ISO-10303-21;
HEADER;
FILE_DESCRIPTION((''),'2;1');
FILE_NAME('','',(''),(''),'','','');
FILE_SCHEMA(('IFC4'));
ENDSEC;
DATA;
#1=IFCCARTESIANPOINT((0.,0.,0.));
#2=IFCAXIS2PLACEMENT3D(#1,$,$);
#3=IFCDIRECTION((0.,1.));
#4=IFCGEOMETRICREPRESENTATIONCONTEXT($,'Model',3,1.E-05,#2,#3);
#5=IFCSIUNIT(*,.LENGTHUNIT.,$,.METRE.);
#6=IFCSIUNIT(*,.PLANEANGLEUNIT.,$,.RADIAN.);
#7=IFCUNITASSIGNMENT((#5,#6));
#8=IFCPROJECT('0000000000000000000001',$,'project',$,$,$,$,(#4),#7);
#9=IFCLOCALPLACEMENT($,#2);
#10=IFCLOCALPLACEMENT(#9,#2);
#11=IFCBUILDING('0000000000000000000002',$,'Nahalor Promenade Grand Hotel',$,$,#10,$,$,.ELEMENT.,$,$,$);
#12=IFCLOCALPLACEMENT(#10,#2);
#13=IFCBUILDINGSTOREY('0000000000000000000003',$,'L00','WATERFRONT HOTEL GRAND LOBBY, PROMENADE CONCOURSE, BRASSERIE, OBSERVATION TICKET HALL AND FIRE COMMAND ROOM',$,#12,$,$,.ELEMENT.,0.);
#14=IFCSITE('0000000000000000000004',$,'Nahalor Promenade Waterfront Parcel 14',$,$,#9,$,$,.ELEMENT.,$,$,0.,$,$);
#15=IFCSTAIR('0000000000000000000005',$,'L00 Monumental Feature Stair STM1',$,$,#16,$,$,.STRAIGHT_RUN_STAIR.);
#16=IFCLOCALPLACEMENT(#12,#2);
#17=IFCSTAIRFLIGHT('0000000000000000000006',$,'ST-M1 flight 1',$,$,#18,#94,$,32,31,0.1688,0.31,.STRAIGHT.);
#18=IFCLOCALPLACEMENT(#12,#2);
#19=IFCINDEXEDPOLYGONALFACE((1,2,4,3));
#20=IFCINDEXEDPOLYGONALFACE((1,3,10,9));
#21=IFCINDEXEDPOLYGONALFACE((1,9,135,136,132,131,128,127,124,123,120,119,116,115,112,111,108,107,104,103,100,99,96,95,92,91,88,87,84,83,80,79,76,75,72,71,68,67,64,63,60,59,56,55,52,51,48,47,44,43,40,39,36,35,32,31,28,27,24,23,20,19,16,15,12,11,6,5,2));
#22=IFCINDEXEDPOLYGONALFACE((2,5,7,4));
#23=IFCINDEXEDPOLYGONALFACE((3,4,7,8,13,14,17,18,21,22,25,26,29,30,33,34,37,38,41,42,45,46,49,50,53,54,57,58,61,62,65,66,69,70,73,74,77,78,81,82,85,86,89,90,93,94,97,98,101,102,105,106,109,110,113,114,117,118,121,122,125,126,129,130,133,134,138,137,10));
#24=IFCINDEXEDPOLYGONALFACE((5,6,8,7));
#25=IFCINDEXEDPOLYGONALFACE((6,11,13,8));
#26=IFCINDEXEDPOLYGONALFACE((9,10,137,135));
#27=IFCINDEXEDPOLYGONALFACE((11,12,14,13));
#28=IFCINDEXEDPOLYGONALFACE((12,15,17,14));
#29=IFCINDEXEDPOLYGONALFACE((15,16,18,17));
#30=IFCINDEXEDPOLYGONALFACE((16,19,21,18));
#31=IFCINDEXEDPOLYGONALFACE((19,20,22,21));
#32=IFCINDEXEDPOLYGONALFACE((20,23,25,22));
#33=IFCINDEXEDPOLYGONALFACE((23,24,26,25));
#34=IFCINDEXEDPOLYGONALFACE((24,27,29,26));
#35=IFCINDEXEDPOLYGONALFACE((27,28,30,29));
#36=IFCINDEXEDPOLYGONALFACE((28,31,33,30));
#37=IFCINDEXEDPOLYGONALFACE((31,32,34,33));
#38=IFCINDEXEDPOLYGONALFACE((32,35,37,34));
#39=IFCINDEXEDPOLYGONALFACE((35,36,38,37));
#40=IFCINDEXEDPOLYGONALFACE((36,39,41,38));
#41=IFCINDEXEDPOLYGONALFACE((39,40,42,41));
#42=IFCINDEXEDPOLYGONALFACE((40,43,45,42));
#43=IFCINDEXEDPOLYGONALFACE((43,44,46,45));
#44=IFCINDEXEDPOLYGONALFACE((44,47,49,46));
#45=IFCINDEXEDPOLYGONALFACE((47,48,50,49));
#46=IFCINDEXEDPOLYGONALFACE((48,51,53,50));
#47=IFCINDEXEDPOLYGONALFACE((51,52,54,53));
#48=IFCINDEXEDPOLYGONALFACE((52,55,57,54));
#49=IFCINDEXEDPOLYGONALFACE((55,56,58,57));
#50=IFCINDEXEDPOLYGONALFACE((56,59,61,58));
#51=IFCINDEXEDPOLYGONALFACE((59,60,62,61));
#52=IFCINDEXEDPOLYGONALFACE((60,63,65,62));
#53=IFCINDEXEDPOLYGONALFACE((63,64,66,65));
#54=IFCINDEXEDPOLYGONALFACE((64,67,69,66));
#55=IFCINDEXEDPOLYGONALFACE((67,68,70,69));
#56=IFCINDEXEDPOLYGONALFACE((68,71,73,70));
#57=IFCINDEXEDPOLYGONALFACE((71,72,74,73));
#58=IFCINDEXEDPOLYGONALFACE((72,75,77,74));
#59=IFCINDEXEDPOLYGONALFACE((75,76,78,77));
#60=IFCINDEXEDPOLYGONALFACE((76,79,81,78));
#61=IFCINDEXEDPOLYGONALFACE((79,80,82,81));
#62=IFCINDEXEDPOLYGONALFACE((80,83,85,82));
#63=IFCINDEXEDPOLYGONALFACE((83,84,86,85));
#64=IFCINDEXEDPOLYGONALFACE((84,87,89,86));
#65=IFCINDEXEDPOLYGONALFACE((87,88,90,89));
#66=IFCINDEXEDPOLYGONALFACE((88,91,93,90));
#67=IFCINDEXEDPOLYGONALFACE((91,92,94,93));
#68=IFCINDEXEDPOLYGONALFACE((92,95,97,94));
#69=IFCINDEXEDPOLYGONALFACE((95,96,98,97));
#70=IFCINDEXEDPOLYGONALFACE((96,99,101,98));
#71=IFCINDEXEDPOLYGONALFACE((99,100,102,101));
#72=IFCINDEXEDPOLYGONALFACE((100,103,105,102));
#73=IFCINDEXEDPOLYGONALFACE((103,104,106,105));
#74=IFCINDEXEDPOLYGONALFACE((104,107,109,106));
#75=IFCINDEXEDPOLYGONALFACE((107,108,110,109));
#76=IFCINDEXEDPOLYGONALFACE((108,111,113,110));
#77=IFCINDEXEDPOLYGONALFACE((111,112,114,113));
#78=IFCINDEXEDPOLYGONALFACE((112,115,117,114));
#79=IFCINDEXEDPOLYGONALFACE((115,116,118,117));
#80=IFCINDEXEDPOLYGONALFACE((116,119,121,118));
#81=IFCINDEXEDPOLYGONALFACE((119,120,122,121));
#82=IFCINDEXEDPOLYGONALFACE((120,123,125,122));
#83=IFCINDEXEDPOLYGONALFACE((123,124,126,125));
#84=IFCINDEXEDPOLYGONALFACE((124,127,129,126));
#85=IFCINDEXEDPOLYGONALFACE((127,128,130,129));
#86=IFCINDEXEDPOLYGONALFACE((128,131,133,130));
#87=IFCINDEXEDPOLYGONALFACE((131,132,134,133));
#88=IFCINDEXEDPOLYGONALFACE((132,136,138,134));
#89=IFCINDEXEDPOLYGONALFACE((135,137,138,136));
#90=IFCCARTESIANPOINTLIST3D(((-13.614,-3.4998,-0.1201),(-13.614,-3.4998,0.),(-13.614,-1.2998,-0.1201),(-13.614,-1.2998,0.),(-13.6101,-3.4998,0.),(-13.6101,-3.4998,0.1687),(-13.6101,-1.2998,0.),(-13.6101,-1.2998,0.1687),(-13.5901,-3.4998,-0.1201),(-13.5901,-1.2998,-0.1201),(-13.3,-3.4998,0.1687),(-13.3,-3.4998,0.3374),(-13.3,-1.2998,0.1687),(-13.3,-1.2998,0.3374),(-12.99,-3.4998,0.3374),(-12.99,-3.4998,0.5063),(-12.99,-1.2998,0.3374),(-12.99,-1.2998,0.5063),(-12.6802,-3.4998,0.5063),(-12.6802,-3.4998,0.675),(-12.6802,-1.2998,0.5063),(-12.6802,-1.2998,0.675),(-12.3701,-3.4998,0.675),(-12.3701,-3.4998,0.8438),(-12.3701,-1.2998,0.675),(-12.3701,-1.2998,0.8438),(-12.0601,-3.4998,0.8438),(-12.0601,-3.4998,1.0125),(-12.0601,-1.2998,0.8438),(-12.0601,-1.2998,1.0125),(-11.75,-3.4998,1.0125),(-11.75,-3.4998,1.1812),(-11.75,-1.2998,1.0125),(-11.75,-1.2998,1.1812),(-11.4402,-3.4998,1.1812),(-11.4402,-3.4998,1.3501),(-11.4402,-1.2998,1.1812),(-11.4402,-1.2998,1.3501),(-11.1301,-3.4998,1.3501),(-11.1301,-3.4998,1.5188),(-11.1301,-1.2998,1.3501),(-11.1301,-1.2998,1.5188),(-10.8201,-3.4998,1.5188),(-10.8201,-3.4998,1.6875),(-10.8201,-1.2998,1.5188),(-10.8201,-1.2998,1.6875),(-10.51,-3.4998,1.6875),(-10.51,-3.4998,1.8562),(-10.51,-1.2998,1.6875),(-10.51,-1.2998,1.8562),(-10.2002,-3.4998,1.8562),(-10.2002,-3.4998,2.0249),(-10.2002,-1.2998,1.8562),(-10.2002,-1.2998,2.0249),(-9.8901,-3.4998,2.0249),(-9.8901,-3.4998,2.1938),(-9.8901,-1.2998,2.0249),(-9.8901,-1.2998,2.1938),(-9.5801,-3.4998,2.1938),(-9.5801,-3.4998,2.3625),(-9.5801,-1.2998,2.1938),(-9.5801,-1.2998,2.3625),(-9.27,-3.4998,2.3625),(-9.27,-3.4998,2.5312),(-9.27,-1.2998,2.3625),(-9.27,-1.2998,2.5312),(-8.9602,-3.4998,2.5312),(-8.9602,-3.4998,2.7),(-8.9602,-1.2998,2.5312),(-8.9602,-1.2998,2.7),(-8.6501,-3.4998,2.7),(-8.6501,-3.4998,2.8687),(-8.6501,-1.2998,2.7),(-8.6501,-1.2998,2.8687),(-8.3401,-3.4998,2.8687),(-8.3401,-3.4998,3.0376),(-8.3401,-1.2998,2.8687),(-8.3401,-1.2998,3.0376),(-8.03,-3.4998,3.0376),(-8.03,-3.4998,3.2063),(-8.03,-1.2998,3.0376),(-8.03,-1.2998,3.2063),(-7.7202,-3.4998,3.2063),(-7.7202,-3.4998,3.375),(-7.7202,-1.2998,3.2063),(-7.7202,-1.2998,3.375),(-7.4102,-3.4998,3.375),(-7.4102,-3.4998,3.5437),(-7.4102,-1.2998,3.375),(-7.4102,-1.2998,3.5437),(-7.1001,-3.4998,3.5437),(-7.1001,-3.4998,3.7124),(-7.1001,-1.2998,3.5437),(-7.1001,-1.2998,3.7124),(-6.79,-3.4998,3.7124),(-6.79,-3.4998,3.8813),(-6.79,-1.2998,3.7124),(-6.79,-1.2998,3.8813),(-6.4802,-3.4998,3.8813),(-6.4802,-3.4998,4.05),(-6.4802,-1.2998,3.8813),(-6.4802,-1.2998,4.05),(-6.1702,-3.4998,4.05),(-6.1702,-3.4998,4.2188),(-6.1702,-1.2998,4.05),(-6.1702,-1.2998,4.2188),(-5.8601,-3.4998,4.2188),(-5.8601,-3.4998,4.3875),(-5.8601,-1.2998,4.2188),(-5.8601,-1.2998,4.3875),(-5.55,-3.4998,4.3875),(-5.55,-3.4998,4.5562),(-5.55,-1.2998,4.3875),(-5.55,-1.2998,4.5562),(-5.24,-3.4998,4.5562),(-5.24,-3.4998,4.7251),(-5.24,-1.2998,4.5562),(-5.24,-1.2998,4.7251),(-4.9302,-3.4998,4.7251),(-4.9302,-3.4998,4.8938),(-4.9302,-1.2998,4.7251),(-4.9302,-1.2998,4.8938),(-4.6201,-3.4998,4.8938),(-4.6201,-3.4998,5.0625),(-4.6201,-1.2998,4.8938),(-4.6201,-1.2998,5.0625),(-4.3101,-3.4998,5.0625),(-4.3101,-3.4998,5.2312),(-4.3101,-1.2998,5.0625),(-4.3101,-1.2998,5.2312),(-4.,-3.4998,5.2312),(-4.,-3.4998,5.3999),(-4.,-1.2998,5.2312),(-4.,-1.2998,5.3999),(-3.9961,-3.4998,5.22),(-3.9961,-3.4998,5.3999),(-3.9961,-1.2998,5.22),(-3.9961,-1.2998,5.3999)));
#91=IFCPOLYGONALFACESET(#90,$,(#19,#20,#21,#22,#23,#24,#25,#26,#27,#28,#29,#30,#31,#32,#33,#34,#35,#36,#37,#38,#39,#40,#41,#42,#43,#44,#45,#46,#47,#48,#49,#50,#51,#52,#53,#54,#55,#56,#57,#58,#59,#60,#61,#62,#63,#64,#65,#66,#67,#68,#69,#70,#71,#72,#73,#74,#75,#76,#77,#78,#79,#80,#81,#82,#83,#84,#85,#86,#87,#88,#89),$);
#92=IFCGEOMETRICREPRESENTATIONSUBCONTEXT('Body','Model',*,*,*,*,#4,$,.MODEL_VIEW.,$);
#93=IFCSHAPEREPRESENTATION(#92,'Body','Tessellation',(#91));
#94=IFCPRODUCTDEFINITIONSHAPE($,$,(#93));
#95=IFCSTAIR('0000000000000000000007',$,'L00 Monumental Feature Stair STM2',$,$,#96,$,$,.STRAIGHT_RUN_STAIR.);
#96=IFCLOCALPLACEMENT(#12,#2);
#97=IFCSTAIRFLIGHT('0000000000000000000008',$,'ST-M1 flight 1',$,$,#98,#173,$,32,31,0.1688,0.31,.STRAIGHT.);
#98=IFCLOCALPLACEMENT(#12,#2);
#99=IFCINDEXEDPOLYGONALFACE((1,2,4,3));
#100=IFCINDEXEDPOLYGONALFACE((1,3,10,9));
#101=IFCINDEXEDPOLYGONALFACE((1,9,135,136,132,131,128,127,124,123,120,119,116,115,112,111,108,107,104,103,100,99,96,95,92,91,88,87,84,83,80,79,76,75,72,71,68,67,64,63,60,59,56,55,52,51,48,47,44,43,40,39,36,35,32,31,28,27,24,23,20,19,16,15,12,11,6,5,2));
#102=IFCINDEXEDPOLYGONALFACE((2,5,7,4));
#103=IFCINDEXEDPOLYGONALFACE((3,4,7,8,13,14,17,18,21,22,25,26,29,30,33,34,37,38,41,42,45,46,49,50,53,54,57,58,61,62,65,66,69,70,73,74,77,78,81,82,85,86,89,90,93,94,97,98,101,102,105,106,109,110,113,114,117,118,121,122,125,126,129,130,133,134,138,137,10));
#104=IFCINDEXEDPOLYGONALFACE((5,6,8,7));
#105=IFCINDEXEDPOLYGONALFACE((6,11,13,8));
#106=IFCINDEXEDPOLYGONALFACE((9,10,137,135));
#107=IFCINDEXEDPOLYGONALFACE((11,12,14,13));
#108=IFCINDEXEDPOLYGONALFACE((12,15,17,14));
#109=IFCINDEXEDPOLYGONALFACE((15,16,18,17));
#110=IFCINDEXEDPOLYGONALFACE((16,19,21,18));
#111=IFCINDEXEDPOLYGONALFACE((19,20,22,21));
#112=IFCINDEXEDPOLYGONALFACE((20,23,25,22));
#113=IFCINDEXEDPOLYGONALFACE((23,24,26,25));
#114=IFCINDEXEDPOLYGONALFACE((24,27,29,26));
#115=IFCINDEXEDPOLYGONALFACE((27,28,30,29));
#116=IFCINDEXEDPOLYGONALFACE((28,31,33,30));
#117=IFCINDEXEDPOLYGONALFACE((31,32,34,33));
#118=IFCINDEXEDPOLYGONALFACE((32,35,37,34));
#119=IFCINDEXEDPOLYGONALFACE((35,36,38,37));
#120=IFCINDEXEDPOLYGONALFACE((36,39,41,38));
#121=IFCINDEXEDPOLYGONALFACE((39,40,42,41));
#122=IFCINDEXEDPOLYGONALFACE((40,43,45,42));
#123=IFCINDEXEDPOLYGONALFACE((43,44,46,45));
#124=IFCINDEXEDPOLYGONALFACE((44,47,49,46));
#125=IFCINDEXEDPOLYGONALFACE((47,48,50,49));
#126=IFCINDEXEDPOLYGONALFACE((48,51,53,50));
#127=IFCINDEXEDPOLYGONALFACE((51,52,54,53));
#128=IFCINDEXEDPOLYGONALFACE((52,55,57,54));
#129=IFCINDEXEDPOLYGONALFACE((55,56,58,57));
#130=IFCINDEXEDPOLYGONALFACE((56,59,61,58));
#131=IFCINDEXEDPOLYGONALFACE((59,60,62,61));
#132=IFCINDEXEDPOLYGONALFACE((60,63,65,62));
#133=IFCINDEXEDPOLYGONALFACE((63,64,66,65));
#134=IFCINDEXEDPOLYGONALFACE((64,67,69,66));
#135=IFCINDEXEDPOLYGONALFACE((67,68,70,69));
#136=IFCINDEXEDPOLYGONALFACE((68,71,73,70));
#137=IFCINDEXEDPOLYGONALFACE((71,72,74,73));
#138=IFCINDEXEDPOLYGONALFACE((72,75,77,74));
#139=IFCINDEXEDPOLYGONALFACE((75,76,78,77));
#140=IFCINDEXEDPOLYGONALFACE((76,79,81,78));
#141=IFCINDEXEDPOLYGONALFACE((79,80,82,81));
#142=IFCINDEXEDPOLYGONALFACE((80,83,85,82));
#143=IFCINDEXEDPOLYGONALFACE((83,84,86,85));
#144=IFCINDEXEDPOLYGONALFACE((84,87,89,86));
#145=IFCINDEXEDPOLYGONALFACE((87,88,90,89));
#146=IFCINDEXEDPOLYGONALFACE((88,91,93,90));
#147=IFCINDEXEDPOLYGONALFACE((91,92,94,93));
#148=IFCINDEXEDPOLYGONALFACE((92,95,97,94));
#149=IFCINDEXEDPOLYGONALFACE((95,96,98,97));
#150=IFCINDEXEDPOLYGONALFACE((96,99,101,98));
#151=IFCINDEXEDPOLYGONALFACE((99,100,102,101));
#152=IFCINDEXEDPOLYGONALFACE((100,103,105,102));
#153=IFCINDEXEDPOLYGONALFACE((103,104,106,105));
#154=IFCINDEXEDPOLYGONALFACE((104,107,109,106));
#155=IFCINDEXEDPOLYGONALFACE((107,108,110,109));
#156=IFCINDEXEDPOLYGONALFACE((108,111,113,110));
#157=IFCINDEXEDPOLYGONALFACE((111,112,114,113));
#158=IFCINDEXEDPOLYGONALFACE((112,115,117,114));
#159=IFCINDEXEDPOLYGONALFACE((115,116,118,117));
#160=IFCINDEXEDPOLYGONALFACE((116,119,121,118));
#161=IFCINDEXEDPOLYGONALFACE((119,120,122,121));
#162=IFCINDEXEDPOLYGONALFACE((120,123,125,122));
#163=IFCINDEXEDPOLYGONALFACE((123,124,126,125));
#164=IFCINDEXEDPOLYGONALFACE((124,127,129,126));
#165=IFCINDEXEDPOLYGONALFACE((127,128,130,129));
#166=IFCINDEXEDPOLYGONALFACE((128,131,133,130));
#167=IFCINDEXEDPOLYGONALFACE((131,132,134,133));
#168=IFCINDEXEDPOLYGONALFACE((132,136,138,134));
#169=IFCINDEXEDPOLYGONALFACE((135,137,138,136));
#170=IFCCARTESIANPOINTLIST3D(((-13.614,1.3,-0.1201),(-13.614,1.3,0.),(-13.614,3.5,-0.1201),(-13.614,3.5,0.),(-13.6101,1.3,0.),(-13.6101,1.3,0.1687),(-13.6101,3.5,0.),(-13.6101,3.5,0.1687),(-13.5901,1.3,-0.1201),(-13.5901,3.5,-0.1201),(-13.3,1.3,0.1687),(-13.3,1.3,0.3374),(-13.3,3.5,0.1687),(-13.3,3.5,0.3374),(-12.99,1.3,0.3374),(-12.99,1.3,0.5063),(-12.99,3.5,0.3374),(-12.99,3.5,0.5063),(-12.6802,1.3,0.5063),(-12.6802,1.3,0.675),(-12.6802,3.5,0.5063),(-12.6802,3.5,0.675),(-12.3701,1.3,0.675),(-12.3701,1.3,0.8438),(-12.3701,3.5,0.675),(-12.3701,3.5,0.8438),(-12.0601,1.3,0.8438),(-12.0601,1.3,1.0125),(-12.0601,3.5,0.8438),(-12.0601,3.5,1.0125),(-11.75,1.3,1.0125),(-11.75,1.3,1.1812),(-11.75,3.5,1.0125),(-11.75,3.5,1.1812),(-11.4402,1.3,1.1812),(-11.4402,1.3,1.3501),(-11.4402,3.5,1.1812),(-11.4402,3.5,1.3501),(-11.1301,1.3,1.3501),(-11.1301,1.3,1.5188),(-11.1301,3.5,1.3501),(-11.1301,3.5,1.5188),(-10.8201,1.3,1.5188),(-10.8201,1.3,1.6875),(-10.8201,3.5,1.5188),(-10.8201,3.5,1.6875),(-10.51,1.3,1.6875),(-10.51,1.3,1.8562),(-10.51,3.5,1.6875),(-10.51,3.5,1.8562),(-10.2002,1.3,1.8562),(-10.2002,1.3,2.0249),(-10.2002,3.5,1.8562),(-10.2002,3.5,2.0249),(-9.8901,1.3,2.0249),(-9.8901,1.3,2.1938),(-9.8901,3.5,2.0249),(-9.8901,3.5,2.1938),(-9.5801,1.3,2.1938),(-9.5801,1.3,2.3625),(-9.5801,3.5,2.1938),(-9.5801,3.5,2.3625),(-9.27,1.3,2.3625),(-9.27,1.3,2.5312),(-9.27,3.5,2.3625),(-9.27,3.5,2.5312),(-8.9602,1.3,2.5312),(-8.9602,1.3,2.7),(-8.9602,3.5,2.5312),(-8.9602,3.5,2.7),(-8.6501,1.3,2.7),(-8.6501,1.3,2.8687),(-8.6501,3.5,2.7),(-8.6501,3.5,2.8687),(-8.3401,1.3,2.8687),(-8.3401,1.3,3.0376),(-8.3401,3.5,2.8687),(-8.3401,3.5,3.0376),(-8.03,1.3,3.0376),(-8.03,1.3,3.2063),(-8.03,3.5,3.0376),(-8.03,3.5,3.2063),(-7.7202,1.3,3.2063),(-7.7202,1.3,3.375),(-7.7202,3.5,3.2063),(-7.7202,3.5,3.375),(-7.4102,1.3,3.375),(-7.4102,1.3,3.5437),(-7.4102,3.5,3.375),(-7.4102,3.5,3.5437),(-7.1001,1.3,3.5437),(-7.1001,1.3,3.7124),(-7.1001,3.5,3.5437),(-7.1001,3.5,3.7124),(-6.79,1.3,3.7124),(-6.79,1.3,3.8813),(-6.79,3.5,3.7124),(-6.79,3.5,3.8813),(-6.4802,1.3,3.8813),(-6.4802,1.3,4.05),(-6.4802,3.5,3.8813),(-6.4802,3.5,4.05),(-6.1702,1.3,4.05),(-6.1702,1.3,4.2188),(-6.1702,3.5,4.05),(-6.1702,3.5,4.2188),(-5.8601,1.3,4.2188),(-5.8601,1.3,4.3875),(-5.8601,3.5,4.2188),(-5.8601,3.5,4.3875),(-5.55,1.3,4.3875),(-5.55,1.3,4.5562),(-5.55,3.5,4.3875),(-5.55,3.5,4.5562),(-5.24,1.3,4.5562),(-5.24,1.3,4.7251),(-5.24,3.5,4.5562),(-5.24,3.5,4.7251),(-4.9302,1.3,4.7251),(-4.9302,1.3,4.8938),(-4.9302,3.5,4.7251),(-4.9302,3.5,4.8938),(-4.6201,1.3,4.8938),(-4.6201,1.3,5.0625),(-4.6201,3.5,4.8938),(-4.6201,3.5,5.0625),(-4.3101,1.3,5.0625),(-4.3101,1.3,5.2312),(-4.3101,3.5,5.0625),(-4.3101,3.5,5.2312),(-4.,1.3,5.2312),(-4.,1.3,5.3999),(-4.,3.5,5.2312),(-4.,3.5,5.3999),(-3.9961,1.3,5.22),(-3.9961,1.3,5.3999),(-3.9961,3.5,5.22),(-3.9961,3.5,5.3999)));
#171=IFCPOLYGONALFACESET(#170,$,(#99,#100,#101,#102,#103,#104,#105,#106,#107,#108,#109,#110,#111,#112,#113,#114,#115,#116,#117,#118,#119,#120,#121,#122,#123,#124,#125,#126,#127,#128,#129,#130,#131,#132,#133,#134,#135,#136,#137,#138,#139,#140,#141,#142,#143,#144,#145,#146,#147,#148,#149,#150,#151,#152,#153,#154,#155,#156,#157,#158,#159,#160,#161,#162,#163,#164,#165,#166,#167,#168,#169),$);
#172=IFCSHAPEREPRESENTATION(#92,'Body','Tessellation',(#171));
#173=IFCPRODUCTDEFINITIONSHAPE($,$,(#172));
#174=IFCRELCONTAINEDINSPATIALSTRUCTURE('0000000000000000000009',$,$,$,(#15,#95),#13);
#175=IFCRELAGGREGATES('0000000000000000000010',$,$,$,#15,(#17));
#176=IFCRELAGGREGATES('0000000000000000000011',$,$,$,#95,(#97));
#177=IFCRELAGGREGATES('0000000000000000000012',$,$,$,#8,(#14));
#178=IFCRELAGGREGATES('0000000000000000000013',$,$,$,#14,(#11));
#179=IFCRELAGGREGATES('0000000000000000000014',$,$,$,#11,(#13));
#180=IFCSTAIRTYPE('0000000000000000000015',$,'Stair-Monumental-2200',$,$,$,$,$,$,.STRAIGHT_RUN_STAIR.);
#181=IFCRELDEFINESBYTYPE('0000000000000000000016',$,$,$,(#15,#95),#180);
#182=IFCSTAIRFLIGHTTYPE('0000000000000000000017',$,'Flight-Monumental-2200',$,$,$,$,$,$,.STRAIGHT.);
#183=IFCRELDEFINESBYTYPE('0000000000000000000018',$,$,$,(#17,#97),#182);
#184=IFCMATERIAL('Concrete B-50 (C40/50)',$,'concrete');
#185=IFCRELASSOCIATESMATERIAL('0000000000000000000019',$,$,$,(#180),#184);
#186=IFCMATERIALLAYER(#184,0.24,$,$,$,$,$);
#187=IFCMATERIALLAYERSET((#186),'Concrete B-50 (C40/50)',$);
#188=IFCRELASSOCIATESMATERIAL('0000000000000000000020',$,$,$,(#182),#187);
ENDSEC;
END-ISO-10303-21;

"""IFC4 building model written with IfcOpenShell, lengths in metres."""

from ifc_helpers import new_model, si_unit, direction, frame, origin, place, context, subcontext, project, spatial, polyline, outline, extrude, source, transform, mapped, material, layer, layer_set, type_object, element, aggregate, save


model = new_model("IFC4")

# Units and contexts
model_context = context("Model", 3, precision=1e-05, world=origin(), true_north=direction((0.0, 1.0)))
body_context = subcontext(model_context, "Body", "Model", "MODEL_VIEW")
ifc_project = project(units=[si_unit("LENGTHUNIT", "METRE"), si_unit("PLANEANGLEUNIT", "RADIAN")], contexts=[model_context])

# Site, building, storey
site_placement = place(None, origin())
site = spatial("IfcSite", under=ifc_project, at=site_placement, Name="Nahalor Promenade Waterfront Parcel 14", CompositionType="ELEMENT", RefElevation=0.0)
building_placement = place(site_placement, origin())
building = spatial("IfcBuilding", under=site, at=building_placement, Name="Nahalor Promenade Grand Hotel", CompositionType="ELEMENT")
storey_placement = place(building_placement, origin())
storey = spatial("IfcBuildingStorey", under=building, at=storey_placement, Name="L00", Description="WATERFRONT HOTEL GRAND LOBBY, PROMENADE CONCOURSE, BRASSERIE, OBSERVATION TICKET HALL AND FIRE COMMAND ROOM", CompositionType="ELEMENT", Elevation=0.0)

# Stairs, stair flights
ifc_material_1 = material(Name="Concrete B-50 (C40/50)", Category="concrete")
stair_type = type_object("IfcStairType", Name="Stair-Monumental-2200", PredefinedType="STRAIGHT_RUN_STAIR", material=ifc_material_1)
stair_1_placement = place(storey_placement, origin())
stair_1 = element("IfcStair", 1, at=stair_1_placement, inside=storey, type_object=stair_type, Name="L00 Monumental Feature Stair STM1", PredefinedType="STRAIGHT_RUN_STAIR")
ifc_layer_1 = layer(ifc_material_1, 0.24)
ifc_layer_set_1 = layer_set([ifc_layer_1], Name="Concrete B-50 (C40/50)")
stair_flight_type = type_object("IfcStairFlightType", Name="Flight-Monumental-2200", PredefinedType="STRAIGHT", material=ifc_layer_set_1)
shared_shape_1 = source(origin(), body_context, "Body", "SweptSolid", [
    extrude(outline(polyline([(-0.0039, -0.1201), (-0.0039, 0.0), (0.0, 0.0), (0.0, 0.1687), (0.3101, 0.1687), (0.3101, 0.3374), (0.6201, 0.3374), (0.6201, 0.5063), (0.9299, 0.5063), (0.9299, 0.675), (1.24, 0.675), (1.24, 0.8438), (1.55, 0.8438), (1.55, 1.0125), (1.8601, 1.0125), (1.8601, 1.1812), (2.1699, 1.1812), (2.1699, 1.3501), (2.48, 1.3501), (2.48, 1.5188), (2.79, 1.5188), (2.79, 1.6875), (3.1001, 1.6875), (3.1001, 1.8562), (3.4099, 1.8562), (3.4099, 2.0249), (3.72, 2.0249), (3.72, 2.1938), (4.03, 2.1938), (4.03, 2.3625), (4.3401, 2.3625), (4.3401, 2.5312), (4.6499, 2.5312), (4.6499, 2.7), (4.96, 2.7), (4.96, 2.8687), (5.27, 2.8687), (5.27, 3.0376), (5.5801, 3.0376), (5.5801, 3.2063), (5.8899, 3.2063), (5.8899, 3.375), (6.2, 3.375), (6.2, 3.5437), (6.51, 3.5437), (6.51, 3.7124), (6.8201, 3.7124), (6.8201, 3.8813), (7.1299, 3.8813), (7.1299, 4.05), (7.4399, 4.05), (7.4399, 4.2188), (7.75, 4.2188), (7.75, 4.3875), (8.0601, 4.3875), (8.0601, 4.5562), (8.3701, 4.5562), (8.3701, 4.7251), (8.6799, 4.7251), (8.6799, 4.8938), (8.99, 4.8938), (8.99, 5.0625), (9.3, 5.0625), (9.3, 5.2312), (9.6101, 5.2312), (9.6101, 5.3999), (9.614, 5.3999), (9.614, 5.22), (0.02, -0.1201), (-0.0039, -0.1201)])), frame((0.0, 1.1001, 0.0), z_axis=(0.0, -1.0, 0.0), x_axis=(1.0, 0.0, 0.0)), (0.0, 0.0, 1.0), 2.2),
])
stair_flight_1_placement = place(storey_placement, frame((-13.6101, -2.3999, 0.0), z_axis=(0.0, 0.0, 1.0), x_axis=(1.0, 0.0, 0.0)))
stair_flight_1 = element("IfcStairFlight", 2, at=stair_flight_1_placement, type_object=stair_flight_type, Name="ST-M1 flight 1", NumberOfRisers=32, NumberOfTreads=31, PredefinedType="STRAIGHT", RiserHeight=0.1688, TreadLength=0.31, context=body_context, shape_type="MappedRepresentation", body=[
    mapped(shared_shape_1, transform((0.0, 0.0, 0.0), scale=1.0)),
])
aggregate(stair_1, [stair_flight_1])
stair_2_placement = place(storey_placement, origin())
stair_2 = element("IfcStair", 3, at=stair_2_placement, inside=storey, type_object=stair_type, Name="L00 Monumental Feature Stair STM2", PredefinedType="STRAIGHT_RUN_STAIR")
stair_flight_2_placement = place(storey_placement, frame((-13.6101, 2.3999, 0.0), z_axis=(0.0, 0.0, 1.0), x_axis=(1.0, 0.0, 0.0)))
stair_flight_2 = element("IfcStairFlight", 4, at=stair_flight_2_placement, type_object=stair_flight_type, Name="ST-M1 flight 1", NumberOfRisers=32, NumberOfTreads=31, PredefinedType="STRAIGHT", RiserHeight=0.1688, TreadLength=0.31, context=body_context, shape_type="MappedRepresentation", body=[
    mapped(shared_shape_1, transform((0.0, 0.0, 0.0), scale=1.0)),
])
aggregate(stair_2, [stair_flight_2])

save(model, "model.ifc")
